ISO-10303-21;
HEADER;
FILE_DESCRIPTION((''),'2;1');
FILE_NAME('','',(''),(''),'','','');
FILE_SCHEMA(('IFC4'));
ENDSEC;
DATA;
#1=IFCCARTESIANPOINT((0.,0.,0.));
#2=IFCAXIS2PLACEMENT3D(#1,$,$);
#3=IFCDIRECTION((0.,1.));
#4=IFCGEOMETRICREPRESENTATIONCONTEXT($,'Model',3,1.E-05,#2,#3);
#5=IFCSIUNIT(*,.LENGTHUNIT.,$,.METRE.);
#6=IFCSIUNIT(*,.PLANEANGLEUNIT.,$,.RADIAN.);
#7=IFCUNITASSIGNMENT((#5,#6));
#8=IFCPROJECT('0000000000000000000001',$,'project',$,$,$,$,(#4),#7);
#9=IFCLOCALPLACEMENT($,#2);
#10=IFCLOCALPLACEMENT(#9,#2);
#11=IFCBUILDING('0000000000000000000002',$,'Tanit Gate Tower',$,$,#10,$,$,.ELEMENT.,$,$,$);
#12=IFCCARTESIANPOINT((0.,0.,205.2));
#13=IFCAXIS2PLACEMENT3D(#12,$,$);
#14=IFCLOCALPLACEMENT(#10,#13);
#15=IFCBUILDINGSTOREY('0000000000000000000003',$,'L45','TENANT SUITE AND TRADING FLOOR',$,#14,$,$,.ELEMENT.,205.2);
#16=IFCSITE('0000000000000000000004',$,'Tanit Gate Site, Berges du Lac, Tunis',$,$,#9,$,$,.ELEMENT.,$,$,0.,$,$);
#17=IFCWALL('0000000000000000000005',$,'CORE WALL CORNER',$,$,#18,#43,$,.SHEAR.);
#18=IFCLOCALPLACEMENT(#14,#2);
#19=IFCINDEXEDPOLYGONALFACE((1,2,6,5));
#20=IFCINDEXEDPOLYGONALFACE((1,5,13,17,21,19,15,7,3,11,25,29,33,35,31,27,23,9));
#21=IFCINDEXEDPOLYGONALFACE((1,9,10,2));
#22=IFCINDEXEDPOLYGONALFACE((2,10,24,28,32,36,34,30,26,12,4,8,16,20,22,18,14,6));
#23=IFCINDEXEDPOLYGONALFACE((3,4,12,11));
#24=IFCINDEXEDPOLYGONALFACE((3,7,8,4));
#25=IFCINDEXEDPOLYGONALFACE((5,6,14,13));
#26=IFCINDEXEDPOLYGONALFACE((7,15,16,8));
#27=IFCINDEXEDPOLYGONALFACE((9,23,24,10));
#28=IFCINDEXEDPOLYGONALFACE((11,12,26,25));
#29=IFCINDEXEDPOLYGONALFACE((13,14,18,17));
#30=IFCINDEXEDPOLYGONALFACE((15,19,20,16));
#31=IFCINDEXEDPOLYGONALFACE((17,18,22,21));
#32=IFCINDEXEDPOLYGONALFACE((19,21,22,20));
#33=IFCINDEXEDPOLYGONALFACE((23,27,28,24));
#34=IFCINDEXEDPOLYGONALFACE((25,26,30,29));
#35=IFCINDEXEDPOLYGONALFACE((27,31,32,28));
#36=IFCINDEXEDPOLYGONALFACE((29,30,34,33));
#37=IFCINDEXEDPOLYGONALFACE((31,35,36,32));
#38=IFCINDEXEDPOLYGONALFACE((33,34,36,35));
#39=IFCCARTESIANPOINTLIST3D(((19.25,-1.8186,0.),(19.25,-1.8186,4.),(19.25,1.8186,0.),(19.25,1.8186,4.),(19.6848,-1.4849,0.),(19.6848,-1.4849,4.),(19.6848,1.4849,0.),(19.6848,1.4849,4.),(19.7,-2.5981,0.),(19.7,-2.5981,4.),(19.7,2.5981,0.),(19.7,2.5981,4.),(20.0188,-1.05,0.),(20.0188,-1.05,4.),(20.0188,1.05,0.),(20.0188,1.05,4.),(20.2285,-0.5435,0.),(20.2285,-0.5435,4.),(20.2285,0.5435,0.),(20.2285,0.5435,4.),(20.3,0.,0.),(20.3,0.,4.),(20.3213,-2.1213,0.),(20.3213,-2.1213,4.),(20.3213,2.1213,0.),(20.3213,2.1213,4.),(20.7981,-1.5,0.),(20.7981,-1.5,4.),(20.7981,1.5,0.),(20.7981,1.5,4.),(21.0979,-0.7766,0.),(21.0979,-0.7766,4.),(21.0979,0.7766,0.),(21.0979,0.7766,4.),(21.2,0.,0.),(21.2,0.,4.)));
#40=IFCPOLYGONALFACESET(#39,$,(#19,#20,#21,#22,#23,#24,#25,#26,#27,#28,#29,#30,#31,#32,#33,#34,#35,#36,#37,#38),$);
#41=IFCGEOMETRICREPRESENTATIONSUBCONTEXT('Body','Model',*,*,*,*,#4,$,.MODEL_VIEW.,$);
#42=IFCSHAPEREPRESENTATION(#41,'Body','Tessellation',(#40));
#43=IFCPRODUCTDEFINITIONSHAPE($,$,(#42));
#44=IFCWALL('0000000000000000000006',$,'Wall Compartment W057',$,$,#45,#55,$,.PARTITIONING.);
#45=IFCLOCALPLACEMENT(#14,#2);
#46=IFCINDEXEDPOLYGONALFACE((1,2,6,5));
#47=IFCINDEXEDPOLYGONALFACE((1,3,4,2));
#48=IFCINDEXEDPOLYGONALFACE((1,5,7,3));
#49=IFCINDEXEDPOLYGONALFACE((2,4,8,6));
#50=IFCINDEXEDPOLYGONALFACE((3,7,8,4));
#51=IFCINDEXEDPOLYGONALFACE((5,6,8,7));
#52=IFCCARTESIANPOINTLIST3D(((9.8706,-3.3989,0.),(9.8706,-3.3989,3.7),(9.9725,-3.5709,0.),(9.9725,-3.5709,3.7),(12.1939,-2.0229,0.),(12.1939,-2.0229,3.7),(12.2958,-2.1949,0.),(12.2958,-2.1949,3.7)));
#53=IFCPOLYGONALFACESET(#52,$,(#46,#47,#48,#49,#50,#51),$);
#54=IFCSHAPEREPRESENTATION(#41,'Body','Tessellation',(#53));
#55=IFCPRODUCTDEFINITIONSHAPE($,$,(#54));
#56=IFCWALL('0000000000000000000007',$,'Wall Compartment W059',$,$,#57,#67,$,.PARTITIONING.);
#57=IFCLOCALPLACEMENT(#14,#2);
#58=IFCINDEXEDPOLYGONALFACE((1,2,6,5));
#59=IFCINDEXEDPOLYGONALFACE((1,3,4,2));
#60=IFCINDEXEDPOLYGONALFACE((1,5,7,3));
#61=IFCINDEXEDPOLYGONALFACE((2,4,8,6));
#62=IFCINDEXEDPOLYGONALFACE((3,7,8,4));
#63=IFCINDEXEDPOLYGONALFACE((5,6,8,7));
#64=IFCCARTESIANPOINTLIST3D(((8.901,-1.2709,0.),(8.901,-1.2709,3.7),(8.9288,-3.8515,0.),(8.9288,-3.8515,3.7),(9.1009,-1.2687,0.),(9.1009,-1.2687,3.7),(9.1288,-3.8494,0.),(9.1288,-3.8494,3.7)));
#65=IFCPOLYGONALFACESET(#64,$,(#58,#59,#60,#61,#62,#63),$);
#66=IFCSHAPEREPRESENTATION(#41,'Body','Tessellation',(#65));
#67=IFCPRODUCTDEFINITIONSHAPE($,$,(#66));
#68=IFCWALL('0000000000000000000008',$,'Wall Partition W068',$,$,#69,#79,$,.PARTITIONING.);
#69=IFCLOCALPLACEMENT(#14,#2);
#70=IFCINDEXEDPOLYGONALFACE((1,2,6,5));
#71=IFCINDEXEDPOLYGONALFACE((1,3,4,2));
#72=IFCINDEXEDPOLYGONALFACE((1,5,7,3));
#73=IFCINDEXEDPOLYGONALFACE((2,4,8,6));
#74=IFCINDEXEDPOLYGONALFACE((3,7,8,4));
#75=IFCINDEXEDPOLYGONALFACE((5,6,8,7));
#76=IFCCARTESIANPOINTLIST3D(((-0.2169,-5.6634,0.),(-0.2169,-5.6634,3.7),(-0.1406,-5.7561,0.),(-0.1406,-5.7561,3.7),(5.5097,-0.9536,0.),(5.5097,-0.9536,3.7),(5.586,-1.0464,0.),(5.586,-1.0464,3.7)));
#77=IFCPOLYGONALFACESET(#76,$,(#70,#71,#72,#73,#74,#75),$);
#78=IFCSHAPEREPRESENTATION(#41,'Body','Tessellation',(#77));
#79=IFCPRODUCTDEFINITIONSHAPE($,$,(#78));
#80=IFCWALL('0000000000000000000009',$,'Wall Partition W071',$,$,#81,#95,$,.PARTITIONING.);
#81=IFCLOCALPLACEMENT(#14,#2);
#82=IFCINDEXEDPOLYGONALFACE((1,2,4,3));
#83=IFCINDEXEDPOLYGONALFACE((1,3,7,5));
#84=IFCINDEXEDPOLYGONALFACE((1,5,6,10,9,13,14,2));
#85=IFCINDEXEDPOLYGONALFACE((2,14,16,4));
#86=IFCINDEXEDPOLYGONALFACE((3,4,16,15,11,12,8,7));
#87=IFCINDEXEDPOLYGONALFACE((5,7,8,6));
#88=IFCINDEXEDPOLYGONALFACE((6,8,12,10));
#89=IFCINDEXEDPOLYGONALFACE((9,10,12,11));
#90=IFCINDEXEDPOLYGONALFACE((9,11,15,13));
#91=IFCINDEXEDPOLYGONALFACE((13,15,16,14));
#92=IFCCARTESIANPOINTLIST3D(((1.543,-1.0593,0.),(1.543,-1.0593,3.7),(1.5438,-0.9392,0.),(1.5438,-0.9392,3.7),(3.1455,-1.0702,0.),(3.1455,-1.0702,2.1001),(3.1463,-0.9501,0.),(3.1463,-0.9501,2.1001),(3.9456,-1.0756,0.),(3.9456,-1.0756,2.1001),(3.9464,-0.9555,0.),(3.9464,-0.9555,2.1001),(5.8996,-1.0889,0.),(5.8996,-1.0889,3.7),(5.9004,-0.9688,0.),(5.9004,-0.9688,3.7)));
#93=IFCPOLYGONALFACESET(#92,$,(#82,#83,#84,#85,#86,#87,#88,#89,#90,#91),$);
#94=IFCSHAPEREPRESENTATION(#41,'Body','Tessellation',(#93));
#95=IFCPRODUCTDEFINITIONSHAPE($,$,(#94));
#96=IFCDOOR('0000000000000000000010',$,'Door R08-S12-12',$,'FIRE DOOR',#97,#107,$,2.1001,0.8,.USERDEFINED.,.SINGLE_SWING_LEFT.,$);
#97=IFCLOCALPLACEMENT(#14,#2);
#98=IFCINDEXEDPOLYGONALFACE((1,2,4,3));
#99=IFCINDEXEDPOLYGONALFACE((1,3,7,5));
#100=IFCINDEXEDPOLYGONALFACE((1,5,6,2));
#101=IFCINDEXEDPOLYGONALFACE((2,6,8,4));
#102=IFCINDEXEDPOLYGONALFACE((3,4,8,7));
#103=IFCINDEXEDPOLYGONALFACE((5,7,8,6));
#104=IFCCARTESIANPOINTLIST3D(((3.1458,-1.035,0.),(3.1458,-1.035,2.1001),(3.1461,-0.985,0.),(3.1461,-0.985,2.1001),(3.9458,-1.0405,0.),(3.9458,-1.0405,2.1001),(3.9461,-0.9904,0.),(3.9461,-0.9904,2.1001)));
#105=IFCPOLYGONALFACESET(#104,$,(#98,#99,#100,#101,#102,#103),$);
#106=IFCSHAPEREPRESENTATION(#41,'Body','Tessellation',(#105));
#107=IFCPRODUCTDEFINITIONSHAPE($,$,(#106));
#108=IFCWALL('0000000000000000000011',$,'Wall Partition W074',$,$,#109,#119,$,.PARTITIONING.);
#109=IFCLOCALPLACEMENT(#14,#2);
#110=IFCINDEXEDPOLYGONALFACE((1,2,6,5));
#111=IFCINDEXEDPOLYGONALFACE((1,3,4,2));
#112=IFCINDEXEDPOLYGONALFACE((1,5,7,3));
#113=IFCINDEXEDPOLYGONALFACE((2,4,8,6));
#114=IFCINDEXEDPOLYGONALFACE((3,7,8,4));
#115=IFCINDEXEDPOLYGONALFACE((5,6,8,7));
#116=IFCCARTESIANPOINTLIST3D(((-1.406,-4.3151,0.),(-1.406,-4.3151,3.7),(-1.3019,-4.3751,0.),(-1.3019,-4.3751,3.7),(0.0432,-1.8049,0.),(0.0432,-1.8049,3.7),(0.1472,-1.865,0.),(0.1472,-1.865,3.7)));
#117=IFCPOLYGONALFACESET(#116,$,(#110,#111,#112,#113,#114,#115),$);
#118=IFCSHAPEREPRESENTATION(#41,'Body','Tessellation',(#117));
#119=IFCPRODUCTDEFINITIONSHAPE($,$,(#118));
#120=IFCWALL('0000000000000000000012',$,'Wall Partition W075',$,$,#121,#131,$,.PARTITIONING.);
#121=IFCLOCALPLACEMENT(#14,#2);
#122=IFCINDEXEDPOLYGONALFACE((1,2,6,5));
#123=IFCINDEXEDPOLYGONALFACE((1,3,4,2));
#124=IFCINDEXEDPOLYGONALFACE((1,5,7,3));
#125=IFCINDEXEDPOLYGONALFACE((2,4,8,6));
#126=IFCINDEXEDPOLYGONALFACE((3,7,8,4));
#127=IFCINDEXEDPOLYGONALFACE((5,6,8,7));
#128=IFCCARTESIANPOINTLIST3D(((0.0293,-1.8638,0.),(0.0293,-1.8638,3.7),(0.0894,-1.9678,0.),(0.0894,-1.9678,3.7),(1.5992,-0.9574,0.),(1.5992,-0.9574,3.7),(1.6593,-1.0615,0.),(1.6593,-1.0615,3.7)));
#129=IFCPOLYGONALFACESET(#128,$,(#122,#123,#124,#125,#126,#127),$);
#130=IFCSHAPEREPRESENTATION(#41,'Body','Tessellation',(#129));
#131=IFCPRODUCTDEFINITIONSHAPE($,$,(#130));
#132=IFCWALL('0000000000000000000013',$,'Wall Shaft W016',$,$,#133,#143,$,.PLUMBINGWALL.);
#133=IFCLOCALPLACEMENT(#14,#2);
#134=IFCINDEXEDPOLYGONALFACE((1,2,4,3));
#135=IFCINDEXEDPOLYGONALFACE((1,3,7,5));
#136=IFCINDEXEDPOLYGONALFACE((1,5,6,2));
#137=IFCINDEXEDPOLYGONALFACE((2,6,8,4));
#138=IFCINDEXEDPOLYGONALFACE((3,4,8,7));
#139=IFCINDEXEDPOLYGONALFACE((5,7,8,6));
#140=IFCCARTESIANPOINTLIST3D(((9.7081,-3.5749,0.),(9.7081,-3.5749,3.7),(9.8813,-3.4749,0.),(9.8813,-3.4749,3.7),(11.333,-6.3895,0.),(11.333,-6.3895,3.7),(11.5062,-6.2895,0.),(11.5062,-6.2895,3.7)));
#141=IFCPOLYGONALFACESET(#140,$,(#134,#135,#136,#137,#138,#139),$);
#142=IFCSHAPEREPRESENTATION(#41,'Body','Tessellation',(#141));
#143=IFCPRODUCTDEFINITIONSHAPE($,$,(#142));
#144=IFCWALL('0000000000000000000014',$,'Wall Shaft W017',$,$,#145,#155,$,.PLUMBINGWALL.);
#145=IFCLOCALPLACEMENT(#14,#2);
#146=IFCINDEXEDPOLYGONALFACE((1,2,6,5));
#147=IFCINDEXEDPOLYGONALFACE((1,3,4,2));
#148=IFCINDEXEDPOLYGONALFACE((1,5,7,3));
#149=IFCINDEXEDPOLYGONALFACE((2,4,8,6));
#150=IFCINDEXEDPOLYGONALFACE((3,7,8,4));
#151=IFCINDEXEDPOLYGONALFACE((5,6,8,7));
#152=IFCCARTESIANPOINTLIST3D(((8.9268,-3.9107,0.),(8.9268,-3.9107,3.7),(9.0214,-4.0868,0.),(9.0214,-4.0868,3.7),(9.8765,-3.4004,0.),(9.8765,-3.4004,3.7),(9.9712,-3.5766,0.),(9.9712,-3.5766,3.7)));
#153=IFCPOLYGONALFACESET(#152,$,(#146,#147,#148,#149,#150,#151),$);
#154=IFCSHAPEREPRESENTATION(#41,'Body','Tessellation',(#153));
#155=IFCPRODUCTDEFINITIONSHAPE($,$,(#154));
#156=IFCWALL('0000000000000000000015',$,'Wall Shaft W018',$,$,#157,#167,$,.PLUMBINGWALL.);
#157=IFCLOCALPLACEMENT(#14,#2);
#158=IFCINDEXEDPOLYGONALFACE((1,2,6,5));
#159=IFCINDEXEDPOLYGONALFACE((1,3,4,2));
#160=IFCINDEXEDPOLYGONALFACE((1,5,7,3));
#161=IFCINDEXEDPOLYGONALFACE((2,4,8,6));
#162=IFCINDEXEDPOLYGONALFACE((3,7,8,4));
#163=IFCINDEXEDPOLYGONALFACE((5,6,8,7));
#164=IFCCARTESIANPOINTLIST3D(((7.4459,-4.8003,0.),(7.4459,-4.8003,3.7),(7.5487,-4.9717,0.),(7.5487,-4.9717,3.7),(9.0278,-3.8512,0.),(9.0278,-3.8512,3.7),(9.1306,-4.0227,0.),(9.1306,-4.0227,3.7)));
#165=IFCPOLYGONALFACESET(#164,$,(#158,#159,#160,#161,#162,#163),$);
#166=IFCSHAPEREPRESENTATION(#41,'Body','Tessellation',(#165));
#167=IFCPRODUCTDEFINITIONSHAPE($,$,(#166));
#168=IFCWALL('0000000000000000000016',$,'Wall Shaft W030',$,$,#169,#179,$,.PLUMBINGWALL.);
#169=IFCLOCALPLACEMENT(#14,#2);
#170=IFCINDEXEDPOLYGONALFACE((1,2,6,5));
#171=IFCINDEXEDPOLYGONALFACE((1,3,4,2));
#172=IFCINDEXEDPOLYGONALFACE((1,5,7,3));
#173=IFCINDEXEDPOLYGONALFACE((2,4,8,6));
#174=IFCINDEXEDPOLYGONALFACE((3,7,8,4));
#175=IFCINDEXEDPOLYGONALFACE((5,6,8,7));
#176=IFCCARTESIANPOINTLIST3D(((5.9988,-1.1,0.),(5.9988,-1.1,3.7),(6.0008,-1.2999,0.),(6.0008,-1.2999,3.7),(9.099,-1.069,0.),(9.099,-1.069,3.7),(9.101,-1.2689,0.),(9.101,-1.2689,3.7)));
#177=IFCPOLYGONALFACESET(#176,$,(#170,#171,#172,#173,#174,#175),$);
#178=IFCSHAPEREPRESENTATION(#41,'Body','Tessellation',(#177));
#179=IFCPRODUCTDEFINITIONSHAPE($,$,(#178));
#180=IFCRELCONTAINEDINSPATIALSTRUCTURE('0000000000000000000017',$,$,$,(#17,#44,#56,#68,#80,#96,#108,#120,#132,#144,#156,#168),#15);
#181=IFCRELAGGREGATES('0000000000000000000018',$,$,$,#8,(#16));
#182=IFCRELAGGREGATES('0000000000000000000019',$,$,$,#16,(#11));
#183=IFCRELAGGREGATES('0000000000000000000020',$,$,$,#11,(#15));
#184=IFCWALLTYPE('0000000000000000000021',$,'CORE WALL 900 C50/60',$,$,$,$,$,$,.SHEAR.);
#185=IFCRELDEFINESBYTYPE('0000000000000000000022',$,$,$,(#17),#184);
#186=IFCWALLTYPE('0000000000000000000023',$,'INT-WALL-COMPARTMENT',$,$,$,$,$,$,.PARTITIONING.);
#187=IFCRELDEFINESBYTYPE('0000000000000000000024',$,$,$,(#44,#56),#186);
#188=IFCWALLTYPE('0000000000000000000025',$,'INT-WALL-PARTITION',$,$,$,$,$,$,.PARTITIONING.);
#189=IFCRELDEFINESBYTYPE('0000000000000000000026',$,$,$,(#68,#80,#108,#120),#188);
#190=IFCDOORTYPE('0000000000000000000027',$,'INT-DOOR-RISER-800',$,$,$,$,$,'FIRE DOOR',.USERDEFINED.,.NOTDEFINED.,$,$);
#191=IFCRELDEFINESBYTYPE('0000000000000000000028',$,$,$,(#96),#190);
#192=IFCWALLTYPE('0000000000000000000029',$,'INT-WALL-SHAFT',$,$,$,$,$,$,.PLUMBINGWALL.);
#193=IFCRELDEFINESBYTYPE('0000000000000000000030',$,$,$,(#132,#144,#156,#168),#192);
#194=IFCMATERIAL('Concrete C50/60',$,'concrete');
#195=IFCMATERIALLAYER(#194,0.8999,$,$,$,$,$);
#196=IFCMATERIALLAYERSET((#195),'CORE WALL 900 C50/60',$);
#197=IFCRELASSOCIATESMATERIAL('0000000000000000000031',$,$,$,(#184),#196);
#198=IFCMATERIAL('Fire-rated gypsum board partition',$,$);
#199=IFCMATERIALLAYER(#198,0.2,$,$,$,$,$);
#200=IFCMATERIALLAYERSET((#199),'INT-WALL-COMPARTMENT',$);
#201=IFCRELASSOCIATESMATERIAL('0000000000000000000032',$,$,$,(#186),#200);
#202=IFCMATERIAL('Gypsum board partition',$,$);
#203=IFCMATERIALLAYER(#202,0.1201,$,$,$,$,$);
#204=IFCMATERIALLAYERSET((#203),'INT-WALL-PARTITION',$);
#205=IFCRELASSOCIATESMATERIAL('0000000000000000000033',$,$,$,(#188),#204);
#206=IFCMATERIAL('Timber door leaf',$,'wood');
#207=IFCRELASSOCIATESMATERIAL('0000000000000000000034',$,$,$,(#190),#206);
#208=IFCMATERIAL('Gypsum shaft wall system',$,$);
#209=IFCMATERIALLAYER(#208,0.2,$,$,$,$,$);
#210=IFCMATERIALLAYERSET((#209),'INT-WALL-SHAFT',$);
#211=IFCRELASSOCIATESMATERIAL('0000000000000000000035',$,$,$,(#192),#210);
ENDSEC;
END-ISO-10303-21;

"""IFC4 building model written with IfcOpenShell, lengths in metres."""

from ifc_helpers import new_model, si_unit, direction, frame, frame_2d, origin, place, context, subcontext, project, spatial, polyline, rectangle, outline, extrude, material, layer, layer_set, type_object, element, fill, save


model = new_model("IFC4")

# Units and contexts
model_context = context("Model", 3, precision=1e-05, world=origin(), true_north=direction((0.0, 1.0)))
body_context = subcontext(model_context, "Body", "Model", "MODEL_VIEW")
ifc_project = project(units=[si_unit("LENGTHUNIT", "METRE"), si_unit("PLANEANGLEUNIT", "RADIAN")], contexts=[model_context])

# Site, building, storey
site_placement = place(None, origin())
site = spatial("IfcSite", under=ifc_project, at=site_placement, Name="Tanit Gate Site, Berges du Lac, Tunis", CompositionType="ELEMENT", RefElevation=0.0)
building_placement = place(site_placement, origin())
building = spatial("IfcBuilding", under=site, at=building_placement, Name="Tanit Gate Tower", CompositionType="ELEMENT")
storey_placement = place(building_placement, frame((0.0, 0.0, 205.2)))
storey = spatial("IfcBuildingStorey", under=building, at=storey_placement, Name="L45", Description="TENANT SUITE AND TRADING FLOOR", CompositionType="ELEMENT", Elevation=205.2)

# Walls
ifc_material_1 = material(Name="Concrete C50/60", Category="concrete")
ifc_layer_1 = layer(ifc_material_1, 0.8999)
ifc_layer_set_1 = layer_set([ifc_layer_1], Name="CORE WALL 900 C50/60")
wall_type_1 = type_object("IfcWallType", Name="CORE WALL 900 C50/60", PredefinedType="SHEAR", material=ifc_layer_set_1)
wall_1_placement = place(storey_placement, origin())
element("IfcWall", 1, at=wall_1_placement, inside=storey, type_object=wall_type_1, Name="CORE WALL CORNER", PredefinedType="SHEAR", context=body_context, shape_type="SweptSolid", body=[
    extrude(outline(polyline([(19.7, -2.5981), (20.3213, -2.1213), (20.7981, -1.5), (21.0979, -0.7766), (21.2, 0.0), (21.0979, 0.7766), (20.7981, 1.5), (20.3213, 2.1213), (19.7, 2.5981), (19.25, 1.8186), (19.6848, 1.4849), (20.0188, 1.05), (20.2285, 0.5435), (20.3, 0.0), (20.2285, -0.5435), (20.0188, -1.05), (19.6848, -1.4849), (19.25, -1.8186), (19.7, -2.5981)])), origin(), (0.0, 0.0, 1.0), 4.0),
])
ifc_material_2 = material(Name="Fire-rated gypsum board partition")
ifc_layer_2 = layer(ifc_material_2, 0.2)
ifc_layer_set_2 = layer_set([ifc_layer_2], Name="INT-WALL-COMPARTMENT")
wall_type_2 = type_object("IfcWallType", Name="INT-WALL-COMPARTMENT", PredefinedType="PARTITIONING", material=ifc_layer_set_2)
wall_2_placement = place(storey_placement, frame((12.2449, -2.1089, 0.0), z_axis=(0.0, 0.0, 1.0), x_axis=(-0.860415, -0.509594, 0.0)))
element("IfcWall", 2, at=wall_2_placement, inside=storey, type_object=wall_type_2, Name="Wall Compartment W057", PredefinedType="PARTITIONING", context=body_context, shape_type="SweptSolid", body=[
    extrude(rectangle(XDim=2.7002, YDim=0.2, at=frame_2d((1.3501, 0.0))), origin(), (0.0, 0.0, 1.0), 3.7),
])
wall_3_placement = place(storey_placement, frame((9.0288, -3.8506, 0.0), z_axis=(0.0, 0.0, 1.0), x_axis=(-0.010785, 0.999942, 0.0)))
element("IfcWall", 3, at=wall_3_placement, inside=storey, type_object=wall_type_2, Name="Wall Compartment W059", PredefinedType="PARTITIONING", context=body_context, shape_type="SweptSolid", body=[
    extrude(rectangle(XDim=2.5808, YDim=0.2, at=frame_2d((1.2905, 0.0))), origin(), (0.0, 0.0, 1.0), 3.7),
])
ifc_material_3 = material(Name="Gypsum board partition")
ifc_layer_3 = layer(ifc_material_3, 0.1201)
ifc_layer_set_3 = layer_set([ifc_layer_3], Name="INT-WALL-PARTITION")
wall_type_3 = type_object("IfcWallType", Name="INT-WALL-PARTITION", PredefinedType="PARTITIONING", material=ifc_layer_set_3)
wall_4_placement = place(storey_placement, frame((5.5479, -1.0, 0.0), z_axis=(0.0, 0.0, 1.0), x_axis=(-0.772345, -0.635203, 0.0)))
element("IfcWall", 4, at=wall_4_placement, inside=storey, type_object=wall_type_3, Name="Wall Partition W068", PredefinedType="PARTITIONING", context=body_context, shape_type="SweptSolid", body=[
    extrude(rectangle(XDim=7.4146, YDim=0.1201, at=frame_2d((3.7073, 0.0))), origin(), (0.0, 0.0, 1.0), 3.7),
])

# Wall, opening, door
wall_5_placement = place(storey_placement, frame((5.8999, -1.0288, 0.0), z_axis=(0.0, 0.0, 1.0), x_axis=(-0.999977, 0.00678, 0.0)))
wall_5 = element("IfcWall", 5, at=wall_5_placement, inside=storey, type_object=wall_type_3, Name="Wall Partition W071", PredefinedType="PARTITIONING", context=body_context, shape_type="SweptSolid", body=[
    extrude(rectangle(XDim=4.3567, YDim=0.1201, at=frame_2d((2.1782, 0.0))), origin(), (0.0, 0.0, 1.0), 3.7),
])
opening_1_placement = place(wall_5_placement, frame((1.9541, 0.0, 0.0)))
opening_1 = element("IfcOpeningElement", 6, at=opening_1_placement, cuts=wall_5, PredefinedType="OPENING", context=body_context, shape_type="SweptSolid", body=[
    extrude(rectangle(XDim=0.8, YDim=2.1001, at=frame_2d((0.3999, 1.05))), frame((0.0, 0.0701, 0.0), z_axis=(0.0, -1.0, 0.0), x_axis=(1.0, 0.0, 0.0)), (0.0, 0.0, 1.0), 0.1401),
])
ifc_material_4 = material(Name="Timber door leaf", Category="wood")
door_type_1 = type_object("IfcDoorType", Name="INT-DOOR-RISER-800", ElementType="FIRE DOOR", OperationType="NOTDEFINED", PredefinedType="USERDEFINED", material=ifc_material_4)
door_1_placement = place(opening_1_placement, origin())
door_1 = element("IfcDoor", 7, at=door_1_placement, inside=storey, type_object=door_type_1, Name="Door R08-S12-12", ObjectType="FIRE DOOR", OperationType="SINGLE_SWING_LEFT", OverallHeight=2.1001, OverallWidth=0.8, PredefinedType="USERDEFINED", context=body_context, shape_type="SweptSolid", body=[
    extrude(rectangle(XDim=0.8, YDim=2.1001, at=frame_2d((0.3999, 1.05))), frame((0.0, 0.0249, 0.0), z_axis=(0.0, -1.0, 0.0), x_axis=(1.0, 0.0, 0.0)), (0.0, 0.0, 1.0), 0.05),
])
fill(opening_1, door_1)

# Walls
wall_6_placement = place(storey_placement, frame((0.0952, -1.835, 0.0), z_axis=(0.0, 0.0, 1.0), x_axis=(-0.49998, -0.866037, 0.0)))
element("IfcWall", 8, at=wall_6_placement, inside=storey, type_object=wall_type_3, Name="Wall Partition W074", PredefinedType="PARTITIONING", context=body_context, shape_type="SweptSolid", body=[
    extrude(rectangle(XDim=2.8984, YDim=0.1201, at=frame_2d((1.4492, 0.0))), origin(), (0.0, 0.0, 1.0), 3.7),
])
wall_7_placement = place(storey_placement, frame((1.6292, -1.0095, 0.0), z_axis=(0.0, 0.0, 1.0), x_axis=(-0.866047, -0.499963, 0.0)))
element("IfcWall", 9, at=wall_7_placement, inside=storey, type_object=wall_type_3, Name="Wall Partition W075", PredefinedType="PARTITIONING", context=body_context, shape_type="SweptSolid", body=[
    extrude(rectangle(XDim=1.8127, YDim=0.1201, at=frame_2d((0.9062, 0.0))), origin(), (0.0, 0.0, 1.0), 3.7),
])
ifc_material_5 = material(Name="Gypsum shaft wall system")
ifc_layer_4 = layer(ifc_material_5, 0.2)
ifc_layer_set_4 = layer_set([ifc_layer_4], Name="INT-WALL-SHAFT")
wall_type_4 = type_object("IfcWallType", Name="INT-WALL-SHAFT", PredefinedType="PLUMBINGWALL", material=ifc_layer_set_4)
wall_8_placement = place(storey_placement, frame((9.7947, -3.5249, 0.0), z_axis=(0.0, 0.0, 1.0), x_axis=(0.499985, -0.866034, 0.0)))
element("IfcWall", 10, at=wall_8_placement, inside=storey, type_object=wall_type_4, Name="Wall Shaft W016", PredefinedType="PLUMBINGWALL", context=body_context, shape_type="SweptSolid", body=[
    extrude(rectangle(XDim=3.25, YDim=0.2, at=frame_2d((1.625, 0.0))), origin(), (0.0, 0.0, 1.0), 3.7),
])
wall_9_placement = place(storey_placement, frame((8.9741, -3.9988, 0.0), z_axis=(0.0, 0.0, 1.0), x_axis=(0.880907, 0.473289, 0.0)))
element("IfcWall", 11, at=wall_9_placement, inside=storey, type_object=wall_type_4, Name="Wall Shaft W017", PredefinedType="PLUMBINGWALL", context=body_context, shape_type="SweptSolid", body=[
    extrude(rectangle(XDim=1.0781, YDim=0.2, at=frame_2d((0.5391, 0.0))), origin(), (0.0, 0.0, 1.0), 3.7),
])
wall_10_placement = place(storey_placement, frame((7.4973, -4.886, 0.0), z_axis=(0.0, 0.0, 1.0), x_axis=(0.857516, 0.514457, 0.0)))
element("IfcWall", 12, at=wall_10_placement, inside=storey, type_object=wall_type_4, Name="Wall Shaft W018", PredefinedType="PLUMBINGWALL", context=body_context, shape_type="SweptSolid", body=[
    extrude(rectangle(XDim=1.8447, YDim=0.2, at=frame_2d((0.9224, 0.0))), origin(), (0.0, 0.0, 1.0), 3.7),
])
wall_11_placement = place(storey_placement, frame((9.1001, -1.1689, 0.0), z_axis=(0.0, 0.0, 1.0), x_axis=(-0.99995, -0.010001, 0.0)))
element("IfcWall", 13, at=wall_11_placement, inside=storey, type_object=wall_type_4, Name="Wall Shaft W030", PredefinedType="PLUMBINGWALL", context=body_context, shape_type="SweptSolid", body=[
    extrude(rectangle(XDim=3.1003, YDim=0.2, at=frame_2d((1.5503, 0.0))), origin(), (0.0, 0.0, 1.0), 3.7),
])

save(model, "model.ifc")
